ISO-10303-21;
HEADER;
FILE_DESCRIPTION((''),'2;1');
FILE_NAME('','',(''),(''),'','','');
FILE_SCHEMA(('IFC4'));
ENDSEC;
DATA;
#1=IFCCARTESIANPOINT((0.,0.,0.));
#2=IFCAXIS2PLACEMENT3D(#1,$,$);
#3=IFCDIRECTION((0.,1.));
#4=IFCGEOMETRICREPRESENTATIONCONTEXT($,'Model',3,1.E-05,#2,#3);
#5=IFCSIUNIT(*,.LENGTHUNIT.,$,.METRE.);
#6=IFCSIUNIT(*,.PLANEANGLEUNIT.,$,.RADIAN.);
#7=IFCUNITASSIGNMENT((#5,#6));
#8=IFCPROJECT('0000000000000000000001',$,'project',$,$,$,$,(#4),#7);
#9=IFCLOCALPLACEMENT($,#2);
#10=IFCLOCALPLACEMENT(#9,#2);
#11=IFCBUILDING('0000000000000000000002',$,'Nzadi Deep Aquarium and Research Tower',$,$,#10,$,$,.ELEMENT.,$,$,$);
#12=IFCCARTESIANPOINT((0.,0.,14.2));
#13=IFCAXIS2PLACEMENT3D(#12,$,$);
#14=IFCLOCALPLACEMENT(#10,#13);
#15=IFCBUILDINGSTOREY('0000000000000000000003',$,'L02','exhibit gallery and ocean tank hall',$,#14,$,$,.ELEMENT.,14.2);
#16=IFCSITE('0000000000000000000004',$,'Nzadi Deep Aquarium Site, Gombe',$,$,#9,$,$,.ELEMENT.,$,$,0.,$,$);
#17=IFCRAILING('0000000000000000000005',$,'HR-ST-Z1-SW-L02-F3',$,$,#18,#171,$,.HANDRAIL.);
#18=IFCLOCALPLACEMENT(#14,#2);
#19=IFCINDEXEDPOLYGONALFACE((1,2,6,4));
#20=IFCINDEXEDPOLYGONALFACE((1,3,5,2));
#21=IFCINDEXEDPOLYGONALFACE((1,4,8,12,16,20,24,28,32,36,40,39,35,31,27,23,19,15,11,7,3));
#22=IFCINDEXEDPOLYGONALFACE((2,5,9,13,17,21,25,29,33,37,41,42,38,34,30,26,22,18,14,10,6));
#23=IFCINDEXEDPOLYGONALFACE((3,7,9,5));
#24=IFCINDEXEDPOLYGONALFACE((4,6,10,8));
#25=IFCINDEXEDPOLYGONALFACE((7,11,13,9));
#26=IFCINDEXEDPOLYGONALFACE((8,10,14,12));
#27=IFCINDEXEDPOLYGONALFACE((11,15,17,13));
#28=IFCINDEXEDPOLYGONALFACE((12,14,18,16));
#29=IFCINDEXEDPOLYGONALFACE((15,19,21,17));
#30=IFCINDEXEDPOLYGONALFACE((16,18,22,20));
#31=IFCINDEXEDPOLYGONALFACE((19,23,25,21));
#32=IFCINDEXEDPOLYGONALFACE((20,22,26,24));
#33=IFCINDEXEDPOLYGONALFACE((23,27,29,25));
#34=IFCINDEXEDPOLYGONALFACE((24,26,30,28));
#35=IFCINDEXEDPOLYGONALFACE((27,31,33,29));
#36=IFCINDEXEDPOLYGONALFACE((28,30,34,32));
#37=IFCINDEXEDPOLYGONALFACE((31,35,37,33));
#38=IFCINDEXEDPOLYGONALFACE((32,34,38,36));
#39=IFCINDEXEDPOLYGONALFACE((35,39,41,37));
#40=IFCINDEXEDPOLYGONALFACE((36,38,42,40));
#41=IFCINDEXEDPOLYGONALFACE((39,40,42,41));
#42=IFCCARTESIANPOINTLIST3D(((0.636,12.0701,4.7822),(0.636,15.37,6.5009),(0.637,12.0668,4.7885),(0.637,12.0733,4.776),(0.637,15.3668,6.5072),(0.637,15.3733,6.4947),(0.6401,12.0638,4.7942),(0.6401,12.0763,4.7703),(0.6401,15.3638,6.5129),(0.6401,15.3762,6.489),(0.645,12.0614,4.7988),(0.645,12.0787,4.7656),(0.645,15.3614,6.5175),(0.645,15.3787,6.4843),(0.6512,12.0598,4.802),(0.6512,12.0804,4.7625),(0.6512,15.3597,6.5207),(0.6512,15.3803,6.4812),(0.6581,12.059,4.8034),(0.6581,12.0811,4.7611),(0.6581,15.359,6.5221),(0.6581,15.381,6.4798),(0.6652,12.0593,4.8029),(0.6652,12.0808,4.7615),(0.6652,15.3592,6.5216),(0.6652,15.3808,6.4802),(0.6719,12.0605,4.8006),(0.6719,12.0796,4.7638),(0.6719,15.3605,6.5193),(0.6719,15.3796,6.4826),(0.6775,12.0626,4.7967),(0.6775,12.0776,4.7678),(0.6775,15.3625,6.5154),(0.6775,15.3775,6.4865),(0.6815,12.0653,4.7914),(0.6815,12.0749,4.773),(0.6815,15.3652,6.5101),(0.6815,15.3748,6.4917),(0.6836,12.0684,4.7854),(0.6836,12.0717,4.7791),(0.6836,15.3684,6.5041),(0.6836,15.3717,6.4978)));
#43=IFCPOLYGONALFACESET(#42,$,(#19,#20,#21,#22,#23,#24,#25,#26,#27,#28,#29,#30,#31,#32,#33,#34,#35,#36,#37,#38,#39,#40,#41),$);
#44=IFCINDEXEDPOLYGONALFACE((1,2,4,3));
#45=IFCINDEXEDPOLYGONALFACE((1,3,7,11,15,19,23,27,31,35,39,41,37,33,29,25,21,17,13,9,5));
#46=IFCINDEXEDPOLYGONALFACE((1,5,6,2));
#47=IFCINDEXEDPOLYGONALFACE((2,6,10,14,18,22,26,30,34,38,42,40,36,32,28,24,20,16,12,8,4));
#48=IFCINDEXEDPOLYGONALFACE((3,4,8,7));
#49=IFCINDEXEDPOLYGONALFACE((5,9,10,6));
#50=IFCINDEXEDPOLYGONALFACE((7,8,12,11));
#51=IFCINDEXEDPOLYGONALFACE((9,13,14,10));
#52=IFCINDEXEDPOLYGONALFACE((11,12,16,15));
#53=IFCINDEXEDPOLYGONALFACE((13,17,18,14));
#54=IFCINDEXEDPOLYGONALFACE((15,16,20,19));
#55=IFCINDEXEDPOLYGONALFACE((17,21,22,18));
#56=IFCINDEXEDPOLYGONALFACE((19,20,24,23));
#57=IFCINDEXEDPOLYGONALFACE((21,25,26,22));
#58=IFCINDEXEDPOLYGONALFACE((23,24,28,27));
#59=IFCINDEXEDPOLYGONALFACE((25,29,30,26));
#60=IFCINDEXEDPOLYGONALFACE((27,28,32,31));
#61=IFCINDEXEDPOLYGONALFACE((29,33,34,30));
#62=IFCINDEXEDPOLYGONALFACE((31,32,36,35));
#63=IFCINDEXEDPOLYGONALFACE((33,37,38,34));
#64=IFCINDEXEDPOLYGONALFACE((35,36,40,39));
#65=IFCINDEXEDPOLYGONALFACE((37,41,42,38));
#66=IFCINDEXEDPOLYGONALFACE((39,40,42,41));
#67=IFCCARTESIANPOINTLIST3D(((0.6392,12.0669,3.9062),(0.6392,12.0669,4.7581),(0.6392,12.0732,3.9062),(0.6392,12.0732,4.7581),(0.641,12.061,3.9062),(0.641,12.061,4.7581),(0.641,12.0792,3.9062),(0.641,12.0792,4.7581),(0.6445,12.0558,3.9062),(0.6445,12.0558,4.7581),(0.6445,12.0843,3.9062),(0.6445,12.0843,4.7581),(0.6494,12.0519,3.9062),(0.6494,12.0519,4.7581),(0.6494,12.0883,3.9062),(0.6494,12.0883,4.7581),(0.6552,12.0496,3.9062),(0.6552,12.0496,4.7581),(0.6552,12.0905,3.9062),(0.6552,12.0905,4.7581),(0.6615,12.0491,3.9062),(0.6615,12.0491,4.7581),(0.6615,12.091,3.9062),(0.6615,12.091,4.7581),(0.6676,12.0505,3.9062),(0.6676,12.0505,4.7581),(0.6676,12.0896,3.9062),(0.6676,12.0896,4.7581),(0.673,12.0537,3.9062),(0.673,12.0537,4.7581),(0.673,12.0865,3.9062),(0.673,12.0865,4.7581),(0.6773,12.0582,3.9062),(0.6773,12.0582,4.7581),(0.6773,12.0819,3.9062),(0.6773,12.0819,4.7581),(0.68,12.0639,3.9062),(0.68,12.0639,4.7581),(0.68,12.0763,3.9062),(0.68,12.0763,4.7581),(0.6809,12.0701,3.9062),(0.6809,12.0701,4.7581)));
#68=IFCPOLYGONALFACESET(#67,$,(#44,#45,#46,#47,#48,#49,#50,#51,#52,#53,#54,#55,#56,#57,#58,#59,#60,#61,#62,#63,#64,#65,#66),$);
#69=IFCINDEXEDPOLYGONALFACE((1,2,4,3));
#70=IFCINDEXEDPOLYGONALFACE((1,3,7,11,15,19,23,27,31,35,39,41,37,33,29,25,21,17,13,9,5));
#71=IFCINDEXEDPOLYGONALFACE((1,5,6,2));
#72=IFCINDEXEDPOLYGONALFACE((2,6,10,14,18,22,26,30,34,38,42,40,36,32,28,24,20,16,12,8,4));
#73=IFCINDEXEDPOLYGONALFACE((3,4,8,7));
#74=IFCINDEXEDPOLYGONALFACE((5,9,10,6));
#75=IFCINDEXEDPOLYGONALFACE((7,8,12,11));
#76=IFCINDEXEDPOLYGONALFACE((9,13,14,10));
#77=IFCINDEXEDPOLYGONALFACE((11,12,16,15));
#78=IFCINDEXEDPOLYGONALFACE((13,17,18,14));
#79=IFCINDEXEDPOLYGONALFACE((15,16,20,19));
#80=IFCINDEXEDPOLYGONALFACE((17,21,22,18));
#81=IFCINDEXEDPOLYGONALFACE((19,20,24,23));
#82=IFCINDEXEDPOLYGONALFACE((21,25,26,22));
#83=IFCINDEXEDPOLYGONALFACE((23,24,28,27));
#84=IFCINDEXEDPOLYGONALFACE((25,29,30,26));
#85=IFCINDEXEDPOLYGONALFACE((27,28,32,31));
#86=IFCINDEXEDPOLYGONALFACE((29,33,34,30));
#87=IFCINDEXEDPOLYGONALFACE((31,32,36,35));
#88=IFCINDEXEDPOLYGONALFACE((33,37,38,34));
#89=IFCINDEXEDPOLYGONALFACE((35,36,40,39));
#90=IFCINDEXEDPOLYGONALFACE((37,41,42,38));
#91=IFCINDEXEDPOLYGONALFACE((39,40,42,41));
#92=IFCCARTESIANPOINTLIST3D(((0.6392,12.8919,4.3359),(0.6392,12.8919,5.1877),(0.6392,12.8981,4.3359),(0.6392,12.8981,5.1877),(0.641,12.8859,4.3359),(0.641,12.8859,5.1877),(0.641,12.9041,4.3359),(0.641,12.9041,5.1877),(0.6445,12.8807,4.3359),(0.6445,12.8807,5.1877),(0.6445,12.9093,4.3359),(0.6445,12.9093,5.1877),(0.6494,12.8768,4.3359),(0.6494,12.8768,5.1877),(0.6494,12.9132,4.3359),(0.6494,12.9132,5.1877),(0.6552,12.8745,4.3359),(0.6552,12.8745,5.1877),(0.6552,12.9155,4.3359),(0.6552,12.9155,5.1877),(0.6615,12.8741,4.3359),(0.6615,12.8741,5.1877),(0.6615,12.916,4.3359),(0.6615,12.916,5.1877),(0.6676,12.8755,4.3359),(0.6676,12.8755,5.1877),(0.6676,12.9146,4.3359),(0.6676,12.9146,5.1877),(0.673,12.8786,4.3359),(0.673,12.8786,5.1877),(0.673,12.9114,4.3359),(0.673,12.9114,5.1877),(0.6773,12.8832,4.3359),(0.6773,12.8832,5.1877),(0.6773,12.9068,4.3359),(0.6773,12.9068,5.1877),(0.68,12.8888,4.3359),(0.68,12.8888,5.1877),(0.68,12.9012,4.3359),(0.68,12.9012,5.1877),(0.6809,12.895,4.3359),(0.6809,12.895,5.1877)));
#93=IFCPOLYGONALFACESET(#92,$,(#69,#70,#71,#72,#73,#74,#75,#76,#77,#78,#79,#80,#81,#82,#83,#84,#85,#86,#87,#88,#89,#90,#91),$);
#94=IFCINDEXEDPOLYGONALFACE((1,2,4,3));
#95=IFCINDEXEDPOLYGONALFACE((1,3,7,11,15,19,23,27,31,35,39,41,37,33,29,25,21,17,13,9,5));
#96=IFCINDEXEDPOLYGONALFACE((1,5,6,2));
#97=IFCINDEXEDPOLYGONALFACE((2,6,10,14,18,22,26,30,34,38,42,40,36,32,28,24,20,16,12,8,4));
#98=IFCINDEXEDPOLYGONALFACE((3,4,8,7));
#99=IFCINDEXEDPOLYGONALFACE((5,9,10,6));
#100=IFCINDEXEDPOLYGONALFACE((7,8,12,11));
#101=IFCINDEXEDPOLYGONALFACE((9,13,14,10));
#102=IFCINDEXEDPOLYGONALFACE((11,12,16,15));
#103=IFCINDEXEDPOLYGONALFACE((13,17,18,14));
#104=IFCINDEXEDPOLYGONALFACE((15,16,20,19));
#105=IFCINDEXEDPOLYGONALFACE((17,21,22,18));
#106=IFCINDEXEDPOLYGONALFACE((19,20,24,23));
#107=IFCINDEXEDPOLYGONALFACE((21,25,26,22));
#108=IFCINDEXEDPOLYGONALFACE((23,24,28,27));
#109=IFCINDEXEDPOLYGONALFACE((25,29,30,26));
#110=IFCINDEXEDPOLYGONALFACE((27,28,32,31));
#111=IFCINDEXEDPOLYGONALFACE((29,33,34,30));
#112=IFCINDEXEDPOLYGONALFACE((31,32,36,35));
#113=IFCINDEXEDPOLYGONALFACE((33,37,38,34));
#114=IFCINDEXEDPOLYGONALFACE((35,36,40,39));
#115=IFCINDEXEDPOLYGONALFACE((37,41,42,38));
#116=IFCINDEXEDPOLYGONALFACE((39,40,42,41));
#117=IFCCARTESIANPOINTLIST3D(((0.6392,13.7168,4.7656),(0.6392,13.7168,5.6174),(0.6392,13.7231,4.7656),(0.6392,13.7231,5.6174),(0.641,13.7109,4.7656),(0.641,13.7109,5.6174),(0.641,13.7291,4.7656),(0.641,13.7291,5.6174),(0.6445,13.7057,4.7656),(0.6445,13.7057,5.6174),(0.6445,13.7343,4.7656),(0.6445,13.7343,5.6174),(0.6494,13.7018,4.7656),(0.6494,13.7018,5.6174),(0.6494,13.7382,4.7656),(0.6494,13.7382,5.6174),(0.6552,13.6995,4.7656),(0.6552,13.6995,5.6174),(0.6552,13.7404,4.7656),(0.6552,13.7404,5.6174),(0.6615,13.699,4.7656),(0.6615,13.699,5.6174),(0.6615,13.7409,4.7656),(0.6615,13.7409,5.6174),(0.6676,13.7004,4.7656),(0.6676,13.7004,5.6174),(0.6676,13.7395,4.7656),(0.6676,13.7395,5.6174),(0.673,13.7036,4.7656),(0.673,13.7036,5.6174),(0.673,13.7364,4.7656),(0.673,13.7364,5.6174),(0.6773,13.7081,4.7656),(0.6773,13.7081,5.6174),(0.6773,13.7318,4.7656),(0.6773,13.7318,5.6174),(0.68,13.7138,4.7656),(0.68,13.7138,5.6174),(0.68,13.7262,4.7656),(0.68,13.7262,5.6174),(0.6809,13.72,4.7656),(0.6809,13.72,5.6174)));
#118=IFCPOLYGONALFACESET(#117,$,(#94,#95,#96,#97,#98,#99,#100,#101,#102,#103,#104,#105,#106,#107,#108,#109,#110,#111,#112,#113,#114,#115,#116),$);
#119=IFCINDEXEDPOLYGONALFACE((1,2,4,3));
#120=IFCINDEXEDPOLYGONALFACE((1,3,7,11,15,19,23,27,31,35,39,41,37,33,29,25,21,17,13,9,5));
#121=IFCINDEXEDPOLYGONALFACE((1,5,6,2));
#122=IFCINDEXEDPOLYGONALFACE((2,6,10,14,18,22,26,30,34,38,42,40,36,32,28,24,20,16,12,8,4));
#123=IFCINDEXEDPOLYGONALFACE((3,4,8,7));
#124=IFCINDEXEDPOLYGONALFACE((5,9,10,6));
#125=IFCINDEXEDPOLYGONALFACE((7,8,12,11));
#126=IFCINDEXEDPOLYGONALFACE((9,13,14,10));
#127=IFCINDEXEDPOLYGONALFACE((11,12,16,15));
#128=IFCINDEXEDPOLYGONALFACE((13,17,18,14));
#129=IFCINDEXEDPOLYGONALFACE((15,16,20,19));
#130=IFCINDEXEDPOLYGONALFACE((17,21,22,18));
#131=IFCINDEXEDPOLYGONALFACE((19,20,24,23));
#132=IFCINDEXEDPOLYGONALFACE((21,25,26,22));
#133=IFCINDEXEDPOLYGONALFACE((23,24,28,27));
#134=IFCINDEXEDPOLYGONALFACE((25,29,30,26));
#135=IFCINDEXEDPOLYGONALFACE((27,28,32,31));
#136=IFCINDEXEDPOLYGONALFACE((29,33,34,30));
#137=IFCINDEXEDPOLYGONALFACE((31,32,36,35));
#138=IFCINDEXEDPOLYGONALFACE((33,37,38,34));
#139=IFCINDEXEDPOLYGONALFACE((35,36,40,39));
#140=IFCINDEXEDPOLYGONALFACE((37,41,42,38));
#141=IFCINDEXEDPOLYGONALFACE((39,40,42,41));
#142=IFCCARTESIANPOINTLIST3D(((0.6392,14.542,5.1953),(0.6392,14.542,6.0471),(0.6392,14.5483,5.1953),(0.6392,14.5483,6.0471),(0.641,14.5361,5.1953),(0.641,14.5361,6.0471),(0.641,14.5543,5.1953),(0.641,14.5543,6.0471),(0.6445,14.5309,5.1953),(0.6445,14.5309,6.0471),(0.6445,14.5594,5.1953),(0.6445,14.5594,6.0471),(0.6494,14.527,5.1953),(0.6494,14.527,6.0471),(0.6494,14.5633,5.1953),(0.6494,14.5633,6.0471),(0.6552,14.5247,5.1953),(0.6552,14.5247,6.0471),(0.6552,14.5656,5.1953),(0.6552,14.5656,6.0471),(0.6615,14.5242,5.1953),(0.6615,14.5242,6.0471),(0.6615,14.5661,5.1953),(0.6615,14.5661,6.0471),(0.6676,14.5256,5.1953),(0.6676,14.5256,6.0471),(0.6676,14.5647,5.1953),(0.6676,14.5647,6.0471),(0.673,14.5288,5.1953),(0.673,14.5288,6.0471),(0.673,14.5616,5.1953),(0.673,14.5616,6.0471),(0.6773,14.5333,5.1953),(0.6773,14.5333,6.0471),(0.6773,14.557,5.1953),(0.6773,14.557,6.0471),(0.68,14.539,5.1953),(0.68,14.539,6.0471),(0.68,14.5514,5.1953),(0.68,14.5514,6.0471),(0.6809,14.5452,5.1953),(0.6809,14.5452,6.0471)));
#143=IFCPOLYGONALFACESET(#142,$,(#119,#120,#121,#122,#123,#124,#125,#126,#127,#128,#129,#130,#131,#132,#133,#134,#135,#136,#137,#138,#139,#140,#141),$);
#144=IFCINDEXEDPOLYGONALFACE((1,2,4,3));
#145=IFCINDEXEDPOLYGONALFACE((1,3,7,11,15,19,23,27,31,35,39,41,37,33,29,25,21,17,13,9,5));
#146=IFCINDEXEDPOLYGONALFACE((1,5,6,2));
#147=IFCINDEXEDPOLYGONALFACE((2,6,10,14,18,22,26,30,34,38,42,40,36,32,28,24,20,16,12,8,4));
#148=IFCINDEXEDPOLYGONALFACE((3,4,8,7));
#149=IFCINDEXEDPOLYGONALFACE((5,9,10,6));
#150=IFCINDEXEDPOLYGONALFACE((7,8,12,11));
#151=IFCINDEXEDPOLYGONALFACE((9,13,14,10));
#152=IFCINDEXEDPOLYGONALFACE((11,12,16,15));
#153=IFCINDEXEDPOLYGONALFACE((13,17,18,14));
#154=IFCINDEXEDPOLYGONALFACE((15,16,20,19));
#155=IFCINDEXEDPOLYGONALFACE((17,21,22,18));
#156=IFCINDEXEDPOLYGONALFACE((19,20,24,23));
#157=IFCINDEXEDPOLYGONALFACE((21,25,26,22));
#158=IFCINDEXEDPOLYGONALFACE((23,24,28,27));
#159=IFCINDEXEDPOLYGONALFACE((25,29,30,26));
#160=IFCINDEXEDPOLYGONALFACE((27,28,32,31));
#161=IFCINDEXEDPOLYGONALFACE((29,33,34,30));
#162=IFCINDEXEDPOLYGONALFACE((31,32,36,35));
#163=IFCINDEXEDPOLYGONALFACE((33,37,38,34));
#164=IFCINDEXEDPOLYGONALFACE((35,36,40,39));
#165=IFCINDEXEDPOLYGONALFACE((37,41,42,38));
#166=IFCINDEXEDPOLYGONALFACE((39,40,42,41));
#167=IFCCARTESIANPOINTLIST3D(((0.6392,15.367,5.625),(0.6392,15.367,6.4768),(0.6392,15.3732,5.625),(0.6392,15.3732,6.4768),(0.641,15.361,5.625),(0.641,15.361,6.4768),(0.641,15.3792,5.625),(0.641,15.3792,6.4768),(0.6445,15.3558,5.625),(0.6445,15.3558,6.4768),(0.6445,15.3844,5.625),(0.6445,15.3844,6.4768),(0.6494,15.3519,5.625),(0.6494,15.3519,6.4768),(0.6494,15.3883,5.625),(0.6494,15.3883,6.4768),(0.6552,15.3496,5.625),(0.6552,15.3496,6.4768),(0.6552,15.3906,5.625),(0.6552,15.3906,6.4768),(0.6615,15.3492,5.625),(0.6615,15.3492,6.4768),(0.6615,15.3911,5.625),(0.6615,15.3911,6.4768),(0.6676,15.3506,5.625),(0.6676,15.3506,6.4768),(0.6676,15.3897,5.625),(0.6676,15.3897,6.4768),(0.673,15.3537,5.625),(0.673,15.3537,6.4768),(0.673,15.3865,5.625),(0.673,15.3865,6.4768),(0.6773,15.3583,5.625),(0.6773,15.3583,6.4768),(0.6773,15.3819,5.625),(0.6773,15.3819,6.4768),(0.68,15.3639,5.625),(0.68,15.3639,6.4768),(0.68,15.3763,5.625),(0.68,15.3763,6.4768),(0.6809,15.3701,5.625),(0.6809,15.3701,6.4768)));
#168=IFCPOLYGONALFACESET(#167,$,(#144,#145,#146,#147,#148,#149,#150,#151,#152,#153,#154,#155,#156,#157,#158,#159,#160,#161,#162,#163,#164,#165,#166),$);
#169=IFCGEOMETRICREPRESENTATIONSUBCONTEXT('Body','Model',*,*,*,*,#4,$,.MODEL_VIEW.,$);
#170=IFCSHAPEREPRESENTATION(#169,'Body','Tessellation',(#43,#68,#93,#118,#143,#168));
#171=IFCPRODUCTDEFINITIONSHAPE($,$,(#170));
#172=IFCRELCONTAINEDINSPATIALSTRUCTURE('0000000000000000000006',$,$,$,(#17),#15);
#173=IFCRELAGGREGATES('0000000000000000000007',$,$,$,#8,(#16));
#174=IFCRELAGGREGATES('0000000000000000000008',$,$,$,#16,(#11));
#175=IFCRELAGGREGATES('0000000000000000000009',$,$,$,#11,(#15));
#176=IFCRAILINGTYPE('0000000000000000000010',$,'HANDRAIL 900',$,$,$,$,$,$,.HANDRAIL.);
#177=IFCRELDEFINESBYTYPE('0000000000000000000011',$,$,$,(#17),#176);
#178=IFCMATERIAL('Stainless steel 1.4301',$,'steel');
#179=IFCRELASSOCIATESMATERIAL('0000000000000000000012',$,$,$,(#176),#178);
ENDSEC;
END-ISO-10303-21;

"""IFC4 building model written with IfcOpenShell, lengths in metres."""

from ifc_helpers import new_model, si_unit, direction, frame, origin, origin_2d, place, context, subcontext, project, spatial, circle, extrude, material, type_object, element, save


model = new_model("IFC4")

# Units and contexts
model_context = context("Model", 3, precision=1e-05, world=origin(), true_north=direction((0.0, 1.0)))
body_context = subcontext(model_context, "Body", "Model", "MODEL_VIEW")
ifc_project = project(units=[si_unit("LENGTHUNIT", "METRE"), si_unit("PLANEANGLEUNIT", "RADIAN")], contexts=[model_context])

# Site, building, storey
site_placement = place(None, origin())
site = spatial("IfcSite", under=ifc_project, at=site_placement, Name="Nzadi Deep Aquarium Site, Gombe", CompositionType="ELEMENT", RefElevation=0.0)
building_placement = place(site_placement, origin())
building = spatial("IfcBuilding", under=site, at=building_placement, Name="Nzadi Deep Aquarium and Research Tower", CompositionType="ELEMENT")
storey_placement = place(building_placement, frame((0.0, 0.0, 14.2)))
storey = spatial("IfcBuildingStorey", under=building, at=storey_placement, Name="L02", Description="exhibit gallery and ocean tank hall", CompositionType="ELEMENT", Elevation=14.2)

# Railing
ifc_material_1 = material(Name="Stainless steel 1.4301", Category="steel")
railing_type = type_object("IfcRailingType", Name="HANDRAIL 900", PredefinedType="HANDRAIL", material=ifc_material_1)
for number, where, name in (
    (1, (0.6599, 12.0701, 3.9062), "HR-ST-Z1-SW-L02-F3"),
):
    element("IfcRailing", number, at=place(storey_placement, frame(where)), inside=storey, type_object=railing_type, Name=name, PredefinedType="HANDRAIL", context=body_context, shape_type="SweptSolid", body=[
        extrude(circle(Radius=0.0239, at=origin_2d()), frame((0.0, 0.0, 0.876), z_axis=(0.0, 0.886917, 0.461929), x_axis=(-1.0, 0.0, 0.0)), (0.0, 0.0, 1.0), 3.7207),
        extrude(circle(Radius=0.021, at=origin_2d()), origin(), (0.0, 0.0, 1.0), 0.8518),
        extrude(circle(Radius=0.021, at=origin_2d()), frame((0.0, 0.825, 0.4297)), (0.0, 0.0, 1.0), 0.8518),
        extrude(circle(Radius=0.021, at=origin_2d()), frame((0.0, 1.6499, 0.8594)), (0.0, 0.0, 1.0), 0.8518),
        extrude(circle(Radius=0.021, at=origin_2d()), frame((0.0, 2.4751, 1.2891)), (0.0, 0.0, 1.0), 0.8518),
        extrude(circle(Radius=0.021, at=origin_2d()), frame((0.0, 3.3, 1.7188)), (0.0, 0.0, 1.0), 0.8518),
    ])

save(model, "model.ifc")
